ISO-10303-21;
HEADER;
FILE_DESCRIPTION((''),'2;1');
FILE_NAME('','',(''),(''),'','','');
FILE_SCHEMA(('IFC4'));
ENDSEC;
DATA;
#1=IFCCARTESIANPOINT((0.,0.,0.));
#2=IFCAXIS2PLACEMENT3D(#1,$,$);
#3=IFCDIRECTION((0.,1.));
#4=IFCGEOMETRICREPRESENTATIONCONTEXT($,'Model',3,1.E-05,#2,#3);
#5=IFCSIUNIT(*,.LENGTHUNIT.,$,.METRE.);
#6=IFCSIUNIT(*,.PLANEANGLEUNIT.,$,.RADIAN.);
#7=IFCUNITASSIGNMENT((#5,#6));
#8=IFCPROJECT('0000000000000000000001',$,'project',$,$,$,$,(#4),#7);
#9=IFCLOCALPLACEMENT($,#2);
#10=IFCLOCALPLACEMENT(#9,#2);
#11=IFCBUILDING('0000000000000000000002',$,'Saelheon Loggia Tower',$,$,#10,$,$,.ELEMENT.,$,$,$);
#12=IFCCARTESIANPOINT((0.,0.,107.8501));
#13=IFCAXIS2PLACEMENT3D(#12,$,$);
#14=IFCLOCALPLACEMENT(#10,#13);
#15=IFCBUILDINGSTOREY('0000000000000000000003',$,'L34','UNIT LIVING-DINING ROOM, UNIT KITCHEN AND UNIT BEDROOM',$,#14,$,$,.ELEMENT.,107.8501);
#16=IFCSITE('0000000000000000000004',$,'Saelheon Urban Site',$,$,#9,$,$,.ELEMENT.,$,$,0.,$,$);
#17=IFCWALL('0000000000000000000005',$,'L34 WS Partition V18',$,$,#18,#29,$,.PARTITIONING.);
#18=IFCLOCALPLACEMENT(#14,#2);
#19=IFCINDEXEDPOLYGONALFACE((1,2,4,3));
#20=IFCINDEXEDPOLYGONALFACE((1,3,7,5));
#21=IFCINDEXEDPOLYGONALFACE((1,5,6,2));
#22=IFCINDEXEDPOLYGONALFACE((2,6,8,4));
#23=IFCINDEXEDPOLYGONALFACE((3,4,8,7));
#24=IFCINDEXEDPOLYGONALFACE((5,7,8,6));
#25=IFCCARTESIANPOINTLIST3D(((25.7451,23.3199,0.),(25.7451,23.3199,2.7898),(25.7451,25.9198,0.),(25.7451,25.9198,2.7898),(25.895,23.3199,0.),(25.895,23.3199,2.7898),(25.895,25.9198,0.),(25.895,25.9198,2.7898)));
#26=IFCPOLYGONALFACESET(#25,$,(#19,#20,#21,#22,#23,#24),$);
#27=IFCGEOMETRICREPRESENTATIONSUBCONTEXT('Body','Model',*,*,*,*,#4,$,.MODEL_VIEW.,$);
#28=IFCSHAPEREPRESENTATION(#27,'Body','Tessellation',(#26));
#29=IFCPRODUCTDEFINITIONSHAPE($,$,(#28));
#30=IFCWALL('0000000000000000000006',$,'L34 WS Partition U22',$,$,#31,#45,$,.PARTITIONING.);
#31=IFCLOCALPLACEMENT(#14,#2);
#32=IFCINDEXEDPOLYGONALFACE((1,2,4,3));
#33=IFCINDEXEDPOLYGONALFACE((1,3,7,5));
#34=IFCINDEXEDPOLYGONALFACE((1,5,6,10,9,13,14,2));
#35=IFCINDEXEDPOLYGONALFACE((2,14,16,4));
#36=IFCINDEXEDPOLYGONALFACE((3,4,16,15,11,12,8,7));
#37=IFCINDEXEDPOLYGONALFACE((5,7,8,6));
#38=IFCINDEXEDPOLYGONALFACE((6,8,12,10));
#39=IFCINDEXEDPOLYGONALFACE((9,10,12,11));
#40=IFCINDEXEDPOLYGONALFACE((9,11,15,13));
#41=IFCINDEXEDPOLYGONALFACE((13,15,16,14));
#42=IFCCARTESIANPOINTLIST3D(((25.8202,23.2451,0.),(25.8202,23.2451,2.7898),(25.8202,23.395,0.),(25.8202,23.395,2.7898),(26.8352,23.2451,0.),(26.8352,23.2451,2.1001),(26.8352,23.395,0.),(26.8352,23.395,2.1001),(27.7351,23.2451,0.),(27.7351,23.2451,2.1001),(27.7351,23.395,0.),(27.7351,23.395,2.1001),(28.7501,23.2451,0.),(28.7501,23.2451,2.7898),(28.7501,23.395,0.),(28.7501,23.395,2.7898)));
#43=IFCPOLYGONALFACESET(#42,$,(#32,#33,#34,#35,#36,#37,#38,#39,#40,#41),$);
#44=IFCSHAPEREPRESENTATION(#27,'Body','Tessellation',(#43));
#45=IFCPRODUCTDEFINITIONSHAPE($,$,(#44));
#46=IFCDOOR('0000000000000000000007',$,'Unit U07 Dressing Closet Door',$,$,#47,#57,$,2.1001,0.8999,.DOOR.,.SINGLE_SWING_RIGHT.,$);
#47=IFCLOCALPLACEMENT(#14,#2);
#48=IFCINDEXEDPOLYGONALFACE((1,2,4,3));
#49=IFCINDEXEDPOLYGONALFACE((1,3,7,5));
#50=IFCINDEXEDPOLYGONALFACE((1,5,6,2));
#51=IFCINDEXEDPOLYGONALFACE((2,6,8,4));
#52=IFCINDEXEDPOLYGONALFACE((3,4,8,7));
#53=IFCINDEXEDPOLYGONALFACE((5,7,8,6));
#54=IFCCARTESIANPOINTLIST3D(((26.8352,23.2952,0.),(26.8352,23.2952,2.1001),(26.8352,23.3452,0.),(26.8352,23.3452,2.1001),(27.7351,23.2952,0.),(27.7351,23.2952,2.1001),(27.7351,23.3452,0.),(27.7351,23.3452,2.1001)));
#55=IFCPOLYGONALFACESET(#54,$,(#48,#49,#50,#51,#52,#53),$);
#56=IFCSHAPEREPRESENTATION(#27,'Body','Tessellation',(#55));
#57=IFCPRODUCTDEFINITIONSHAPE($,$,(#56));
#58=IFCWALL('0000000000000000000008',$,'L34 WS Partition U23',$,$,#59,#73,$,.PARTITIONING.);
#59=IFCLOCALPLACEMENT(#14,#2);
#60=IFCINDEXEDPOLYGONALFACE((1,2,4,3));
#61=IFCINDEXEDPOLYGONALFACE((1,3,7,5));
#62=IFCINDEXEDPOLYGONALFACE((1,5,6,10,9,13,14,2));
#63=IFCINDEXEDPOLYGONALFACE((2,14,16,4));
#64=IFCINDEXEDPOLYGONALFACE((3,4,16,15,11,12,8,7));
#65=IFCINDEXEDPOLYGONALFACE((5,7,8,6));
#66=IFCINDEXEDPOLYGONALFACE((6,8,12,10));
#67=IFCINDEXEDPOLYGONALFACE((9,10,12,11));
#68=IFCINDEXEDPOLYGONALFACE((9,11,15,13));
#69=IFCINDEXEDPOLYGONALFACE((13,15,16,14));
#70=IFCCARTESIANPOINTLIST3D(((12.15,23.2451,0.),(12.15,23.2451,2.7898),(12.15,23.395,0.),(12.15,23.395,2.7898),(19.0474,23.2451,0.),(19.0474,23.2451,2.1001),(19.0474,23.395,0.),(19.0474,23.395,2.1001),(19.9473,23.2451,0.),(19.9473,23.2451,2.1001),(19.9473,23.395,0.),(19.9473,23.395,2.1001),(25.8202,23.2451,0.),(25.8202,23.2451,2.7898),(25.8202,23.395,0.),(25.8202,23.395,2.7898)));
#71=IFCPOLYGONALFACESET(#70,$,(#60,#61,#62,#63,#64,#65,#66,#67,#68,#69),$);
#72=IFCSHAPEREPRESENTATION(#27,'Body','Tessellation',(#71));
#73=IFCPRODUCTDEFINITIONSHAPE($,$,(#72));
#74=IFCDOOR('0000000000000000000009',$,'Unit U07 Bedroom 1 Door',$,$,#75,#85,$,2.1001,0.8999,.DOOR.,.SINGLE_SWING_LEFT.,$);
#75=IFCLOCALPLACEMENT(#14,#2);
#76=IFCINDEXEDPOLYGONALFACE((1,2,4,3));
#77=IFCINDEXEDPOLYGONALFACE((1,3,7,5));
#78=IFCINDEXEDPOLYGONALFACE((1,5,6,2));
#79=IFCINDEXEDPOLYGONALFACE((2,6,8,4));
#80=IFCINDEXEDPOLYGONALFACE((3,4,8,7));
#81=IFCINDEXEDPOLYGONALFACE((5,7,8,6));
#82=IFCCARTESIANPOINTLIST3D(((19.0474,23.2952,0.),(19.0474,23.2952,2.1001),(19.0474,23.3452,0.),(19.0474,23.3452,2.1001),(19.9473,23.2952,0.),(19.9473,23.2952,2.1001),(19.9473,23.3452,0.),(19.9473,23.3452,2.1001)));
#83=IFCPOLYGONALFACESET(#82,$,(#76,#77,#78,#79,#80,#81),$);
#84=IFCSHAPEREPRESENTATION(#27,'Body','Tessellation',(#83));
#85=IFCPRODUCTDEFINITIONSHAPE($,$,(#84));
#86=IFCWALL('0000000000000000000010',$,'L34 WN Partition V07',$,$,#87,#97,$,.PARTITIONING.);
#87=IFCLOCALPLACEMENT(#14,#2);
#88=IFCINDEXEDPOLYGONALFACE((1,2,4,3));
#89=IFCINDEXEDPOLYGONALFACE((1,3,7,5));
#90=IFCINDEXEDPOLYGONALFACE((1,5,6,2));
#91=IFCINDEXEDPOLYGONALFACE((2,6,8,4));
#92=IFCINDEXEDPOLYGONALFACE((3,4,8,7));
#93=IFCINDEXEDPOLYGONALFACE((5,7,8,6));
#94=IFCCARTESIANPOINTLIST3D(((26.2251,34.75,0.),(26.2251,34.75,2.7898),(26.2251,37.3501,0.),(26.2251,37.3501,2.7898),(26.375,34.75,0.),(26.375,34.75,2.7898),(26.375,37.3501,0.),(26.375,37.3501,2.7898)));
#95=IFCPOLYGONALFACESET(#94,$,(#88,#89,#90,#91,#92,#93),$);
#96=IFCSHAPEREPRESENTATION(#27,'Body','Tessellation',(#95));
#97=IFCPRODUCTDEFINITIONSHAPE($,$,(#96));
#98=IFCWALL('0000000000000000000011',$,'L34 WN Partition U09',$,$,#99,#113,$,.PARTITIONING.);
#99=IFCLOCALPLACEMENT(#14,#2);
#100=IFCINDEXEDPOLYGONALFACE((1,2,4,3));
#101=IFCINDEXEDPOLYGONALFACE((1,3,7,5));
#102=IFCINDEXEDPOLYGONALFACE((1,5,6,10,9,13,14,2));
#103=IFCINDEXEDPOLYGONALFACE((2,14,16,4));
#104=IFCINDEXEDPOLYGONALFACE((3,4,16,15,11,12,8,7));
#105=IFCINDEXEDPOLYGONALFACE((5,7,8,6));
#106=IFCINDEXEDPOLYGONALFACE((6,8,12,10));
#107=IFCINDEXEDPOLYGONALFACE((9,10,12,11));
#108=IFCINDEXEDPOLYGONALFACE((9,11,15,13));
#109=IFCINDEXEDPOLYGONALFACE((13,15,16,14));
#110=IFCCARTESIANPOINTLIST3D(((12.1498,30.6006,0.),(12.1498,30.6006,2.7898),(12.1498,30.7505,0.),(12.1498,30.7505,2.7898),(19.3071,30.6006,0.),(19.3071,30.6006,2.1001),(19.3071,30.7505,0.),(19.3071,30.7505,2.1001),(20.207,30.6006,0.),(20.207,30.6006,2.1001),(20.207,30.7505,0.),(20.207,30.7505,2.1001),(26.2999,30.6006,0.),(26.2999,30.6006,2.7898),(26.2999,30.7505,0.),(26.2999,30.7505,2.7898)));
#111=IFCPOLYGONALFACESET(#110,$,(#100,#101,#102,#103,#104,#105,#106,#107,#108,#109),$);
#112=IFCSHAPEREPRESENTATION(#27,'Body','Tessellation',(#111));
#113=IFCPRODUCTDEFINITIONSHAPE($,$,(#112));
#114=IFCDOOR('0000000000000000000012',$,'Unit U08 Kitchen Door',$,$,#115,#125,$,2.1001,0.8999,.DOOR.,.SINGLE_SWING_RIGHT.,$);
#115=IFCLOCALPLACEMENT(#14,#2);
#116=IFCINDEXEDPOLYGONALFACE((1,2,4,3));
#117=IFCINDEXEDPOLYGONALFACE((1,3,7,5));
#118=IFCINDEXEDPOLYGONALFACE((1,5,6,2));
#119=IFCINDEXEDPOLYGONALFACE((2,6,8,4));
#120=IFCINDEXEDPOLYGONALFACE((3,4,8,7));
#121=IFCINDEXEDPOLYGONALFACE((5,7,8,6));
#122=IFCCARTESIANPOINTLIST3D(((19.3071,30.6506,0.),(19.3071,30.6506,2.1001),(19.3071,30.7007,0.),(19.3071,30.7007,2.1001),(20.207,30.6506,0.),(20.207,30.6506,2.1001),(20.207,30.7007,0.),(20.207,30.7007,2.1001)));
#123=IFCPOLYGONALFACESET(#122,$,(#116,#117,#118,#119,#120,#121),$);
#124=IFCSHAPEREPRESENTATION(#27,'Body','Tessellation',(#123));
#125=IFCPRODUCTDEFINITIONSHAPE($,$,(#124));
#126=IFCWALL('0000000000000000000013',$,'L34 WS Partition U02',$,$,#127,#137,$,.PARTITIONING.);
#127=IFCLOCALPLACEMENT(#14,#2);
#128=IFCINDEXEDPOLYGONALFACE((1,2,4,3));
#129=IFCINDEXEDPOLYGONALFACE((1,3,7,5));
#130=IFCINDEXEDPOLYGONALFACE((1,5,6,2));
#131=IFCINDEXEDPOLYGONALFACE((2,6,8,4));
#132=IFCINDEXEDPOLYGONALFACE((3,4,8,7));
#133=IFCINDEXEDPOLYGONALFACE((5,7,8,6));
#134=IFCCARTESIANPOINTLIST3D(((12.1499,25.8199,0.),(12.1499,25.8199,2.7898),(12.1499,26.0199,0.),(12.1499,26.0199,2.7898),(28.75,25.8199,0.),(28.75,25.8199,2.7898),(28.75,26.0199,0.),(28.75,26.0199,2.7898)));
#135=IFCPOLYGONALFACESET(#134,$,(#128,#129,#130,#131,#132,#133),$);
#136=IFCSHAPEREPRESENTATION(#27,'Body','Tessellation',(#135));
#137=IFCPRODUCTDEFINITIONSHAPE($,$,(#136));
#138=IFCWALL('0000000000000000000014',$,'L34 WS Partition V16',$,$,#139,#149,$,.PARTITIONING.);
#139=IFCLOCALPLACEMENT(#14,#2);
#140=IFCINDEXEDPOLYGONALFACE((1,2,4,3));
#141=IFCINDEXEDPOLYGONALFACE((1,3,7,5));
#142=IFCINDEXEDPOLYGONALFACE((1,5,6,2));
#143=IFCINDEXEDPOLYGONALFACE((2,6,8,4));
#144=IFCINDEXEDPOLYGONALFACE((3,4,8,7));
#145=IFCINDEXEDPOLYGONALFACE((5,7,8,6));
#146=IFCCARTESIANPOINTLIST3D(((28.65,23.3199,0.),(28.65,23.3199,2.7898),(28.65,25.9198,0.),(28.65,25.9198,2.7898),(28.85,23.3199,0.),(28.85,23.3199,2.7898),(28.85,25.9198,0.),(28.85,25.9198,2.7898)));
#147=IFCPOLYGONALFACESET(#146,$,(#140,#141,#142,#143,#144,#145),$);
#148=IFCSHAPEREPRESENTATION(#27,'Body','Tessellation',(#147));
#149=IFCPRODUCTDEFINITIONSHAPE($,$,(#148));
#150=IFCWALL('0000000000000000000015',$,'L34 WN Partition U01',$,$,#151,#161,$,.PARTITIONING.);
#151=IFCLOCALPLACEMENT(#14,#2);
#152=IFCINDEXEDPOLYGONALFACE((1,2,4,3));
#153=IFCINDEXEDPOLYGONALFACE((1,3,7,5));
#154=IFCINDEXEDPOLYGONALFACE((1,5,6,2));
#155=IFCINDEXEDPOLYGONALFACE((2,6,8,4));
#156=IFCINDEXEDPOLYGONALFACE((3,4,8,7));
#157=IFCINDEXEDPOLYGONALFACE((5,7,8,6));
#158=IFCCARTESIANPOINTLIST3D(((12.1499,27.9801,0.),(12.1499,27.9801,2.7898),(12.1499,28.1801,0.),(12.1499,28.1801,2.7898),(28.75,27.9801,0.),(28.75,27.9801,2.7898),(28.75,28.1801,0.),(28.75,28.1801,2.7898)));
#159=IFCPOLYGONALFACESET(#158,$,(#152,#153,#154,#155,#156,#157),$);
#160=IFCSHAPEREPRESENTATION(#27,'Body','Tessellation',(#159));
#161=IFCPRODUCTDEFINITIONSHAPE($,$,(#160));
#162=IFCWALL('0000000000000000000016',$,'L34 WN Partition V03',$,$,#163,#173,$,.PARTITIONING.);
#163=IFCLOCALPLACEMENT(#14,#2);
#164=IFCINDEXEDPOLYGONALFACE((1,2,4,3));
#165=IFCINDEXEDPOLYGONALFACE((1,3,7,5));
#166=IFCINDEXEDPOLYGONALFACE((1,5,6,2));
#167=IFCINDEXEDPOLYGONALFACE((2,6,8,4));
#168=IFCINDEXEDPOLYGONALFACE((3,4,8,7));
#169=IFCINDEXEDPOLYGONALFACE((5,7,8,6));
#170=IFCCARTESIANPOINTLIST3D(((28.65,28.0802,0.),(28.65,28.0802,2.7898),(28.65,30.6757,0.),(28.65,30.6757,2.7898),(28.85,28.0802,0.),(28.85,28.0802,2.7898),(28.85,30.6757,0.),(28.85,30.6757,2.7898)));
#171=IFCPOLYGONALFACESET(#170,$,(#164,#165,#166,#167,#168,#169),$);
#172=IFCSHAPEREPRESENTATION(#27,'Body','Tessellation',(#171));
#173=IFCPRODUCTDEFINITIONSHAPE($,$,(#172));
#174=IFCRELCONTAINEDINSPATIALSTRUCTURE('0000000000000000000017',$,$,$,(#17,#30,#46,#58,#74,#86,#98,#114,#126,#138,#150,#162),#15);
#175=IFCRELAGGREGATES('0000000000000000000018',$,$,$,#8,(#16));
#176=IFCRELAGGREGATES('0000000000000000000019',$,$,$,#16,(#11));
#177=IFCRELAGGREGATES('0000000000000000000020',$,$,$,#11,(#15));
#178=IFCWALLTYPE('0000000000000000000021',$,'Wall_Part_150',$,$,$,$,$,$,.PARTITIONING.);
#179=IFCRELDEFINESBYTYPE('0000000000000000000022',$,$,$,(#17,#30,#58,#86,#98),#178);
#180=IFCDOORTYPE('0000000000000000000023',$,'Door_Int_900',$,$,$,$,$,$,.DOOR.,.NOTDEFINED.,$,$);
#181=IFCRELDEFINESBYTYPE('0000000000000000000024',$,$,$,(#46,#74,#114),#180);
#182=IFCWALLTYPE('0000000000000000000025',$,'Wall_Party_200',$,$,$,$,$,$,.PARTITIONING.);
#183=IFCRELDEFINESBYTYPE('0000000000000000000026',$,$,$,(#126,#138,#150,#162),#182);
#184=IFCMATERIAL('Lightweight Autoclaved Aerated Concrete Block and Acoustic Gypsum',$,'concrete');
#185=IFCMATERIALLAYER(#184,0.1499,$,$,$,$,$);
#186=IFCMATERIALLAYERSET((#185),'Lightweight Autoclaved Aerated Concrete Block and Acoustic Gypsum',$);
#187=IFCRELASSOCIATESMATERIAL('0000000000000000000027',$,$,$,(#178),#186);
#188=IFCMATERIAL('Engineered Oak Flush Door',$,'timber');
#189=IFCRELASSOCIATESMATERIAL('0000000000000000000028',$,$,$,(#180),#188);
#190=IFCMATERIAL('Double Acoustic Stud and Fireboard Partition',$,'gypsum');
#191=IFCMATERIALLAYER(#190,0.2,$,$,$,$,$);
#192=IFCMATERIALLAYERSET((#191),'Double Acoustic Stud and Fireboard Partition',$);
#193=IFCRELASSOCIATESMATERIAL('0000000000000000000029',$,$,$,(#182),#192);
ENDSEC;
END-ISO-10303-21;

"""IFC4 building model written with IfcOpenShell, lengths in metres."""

from ifc_helpers import new_model, si_unit, direction, frame, frame_2d, origin, place, context, subcontext, project, spatial, rectangle, extrude, source, transform, mapped, material, layer, layer_set, type_object, element, fill, save


model = new_model("IFC4")

# Units and contexts
model_context = context("Model", 3, precision=1e-05, world=origin(), true_north=direction((0.0, 1.0)))
body_context = subcontext(model_context, "Body", "Model", "MODEL_VIEW")
ifc_project = project(units=[si_unit("LENGTHUNIT", "METRE"), si_unit("PLANEANGLEUNIT", "RADIAN")], contexts=[model_context])

# Site, building, storey
site_placement = place(None, origin())
site = spatial("IfcSite", under=ifc_project, at=site_placement, Name="Saelheon Urban Site", CompositionType="ELEMENT", RefElevation=0.0)
building_placement = place(site_placement, origin())
building = spatial("IfcBuilding", under=site, at=building_placement, Name="Saelheon Loggia Tower", CompositionType="ELEMENT")
storey_placement = place(building_placement, frame((0.0, 0.0, 107.8501)))
storey = spatial("IfcBuildingStorey", under=building, at=storey_placement, Name="L34", Description="UNIT LIVING-DINING ROOM, UNIT KITCHEN AND UNIT BEDROOM", CompositionType="ELEMENT", Elevation=107.8501)

# Wall
ifc_material_1 = material(Name="Lightweight Autoclaved Aerated Concrete Block and Acoustic Gypsum", Category="concrete")
ifc_layer_1 = layer(ifc_material_1, 0.1499)
ifc_layer_set_1 = layer_set([ifc_layer_1], Name="Lightweight Autoclaved Aerated Concrete Block and Acoustic Gypsum")
wall_type_1 = type_object("IfcWallType", Name="Wall_Part_150", PredefinedType="PARTITIONING", material=ifc_layer_set_1)
wall_1_placement = place(storey_placement, frame((25.8201, 23.3201, 0.0), z_axis=(0.0, 0.0, 1.0), x_axis=(0.0, 1.0, 0.0)))
element("IfcWall", 1, at=wall_1_placement, inside=storey, type_object=wall_type_1, Name="L34 WS Partition V18", PredefinedType="PARTITIONING", context=body_context, shape_type="SweptSolid", body=[
    extrude(rectangle(XDim=2.5999, YDim=0.1499, at=frame_2d((1.2998, 0.0))), origin(), (0.0, 0.0, 1.0), 2.7898),
])

# Walls, openings, doors
wall_2_placement = place(storey_placement, frame((28.75, 23.3201, 0.0), z_axis=(0.0, 0.0, 1.0), x_axis=(-1.0, 0.0, 0.0)))
wall_2 = element("IfcWall", 2, at=wall_2_placement, inside=storey, type_object=wall_type_1, Name="L34 WS Partition U22", PredefinedType="PARTITIONING", context=body_context, shape_type="SweptSolid", body=[
    extrude(rectangle(XDim=2.9299, YDim=0.1499, at=frame_2d((1.4648, 0.0))), origin(), (0.0, 0.0, 1.0), 2.7898),
])
opening_1_placement = place(wall_2_placement, frame((1.0149, 0.0, 0.0)))
opening_1 = element("IfcOpeningElement", 3, at=opening_1_placement, cuts=wall_2, PredefinedType="OPENING", context=body_context, shape_type="SweptSolid", body=[
    extrude(rectangle(XDim=0.8999, YDim=2.1001, at=frame_2d((0.45, 1.05))), frame((0.0, 0.0869, 0.0), z_axis=(0.0, -1.0, 0.0), x_axis=(1.0, 0.0, 0.0)), (0.0, 0.0, 1.0), 0.1738),
])
ifc_material_2 = material(Name="Engineered Oak Flush Door", Category="timber")
door_type_1 = type_object("IfcDoorType", Name="Door_Int_900", OperationType="NOTDEFINED", PredefinedType="DOOR", material=ifc_material_2)
shared_shape_1 = source(origin(), body_context, "Body", "SweptSolid", [
    extrude(rectangle(XDim=0.8999, YDim=2.1001, at=frame_2d((0.45, 1.05))), frame((0.0, 0.0249, 0.0), z_axis=(0.0, -1.0, 0.0), x_axis=(1.0, 0.0, 0.0)), (0.0, 0.0, 1.0), 0.05),
])
door_1_placement = place(opening_1_placement, origin())
door_1 = element("IfcDoor", 4, at=door_1_placement, inside=storey, type_object=door_type_1, Name="Unit U07 Dressing Closet Door", OperationType="SINGLE_SWING_RIGHT", OverallHeight=2.1001, OverallWidth=0.8999, PredefinedType="DOOR", context=body_context, shape_type="MappedRepresentation", body=[
    mapped(shared_shape_1, transform((0.0, 0.0, 0.0), scale=1.0)),
])
fill(opening_1, door_1)
wall_3_placement = place(storey_placement, frame((25.8201, 23.3201, 0.0), z_axis=(0.0, 0.0, 1.0), x_axis=(-1.0, 0.0, 0.0)))
wall_3 = element("IfcWall", 5, at=wall_3_placement, inside=storey, type_object=wall_type_1, Name="L34 WS Partition U23", PredefinedType="PARTITIONING", context=body_context, shape_type="SweptSolid", body=[
    extrude(rectangle(XDim=13.6702, YDim=0.1499, at=frame_2d((6.835, 0.0))), origin(), (0.0, 0.0, 1.0), 2.7898),
])
opening_2_placement = place(wall_3_placement, frame((5.8728, 0.0, 0.0)))
opening_2 = element("IfcOpeningElement", 6, at=opening_2_placement, cuts=wall_3, PredefinedType="OPENING", context=body_context, shape_type="SweptSolid", body=[
    extrude(rectangle(XDim=0.8999, YDim=2.1001, at=frame_2d((0.45, 1.05))), frame((0.0, 0.0869, 0.0), z_axis=(0.0, -1.0, 0.0), x_axis=(1.0, 0.0, 0.0)), (0.0, 0.0, 1.0), 0.1738),
])
door_2_placement = place(opening_2_placement, origin())
door_2 = element("IfcDoor", 7, at=door_2_placement, inside=storey, type_object=door_type_1, Name="Unit U07 Bedroom 1 Door", OperationType="SINGLE_SWING_LEFT", OverallHeight=2.1001, OverallWidth=0.8999, PredefinedType="DOOR", context=body_context, shape_type="MappedRepresentation", body=[
    mapped(shared_shape_1, transform((0.0, 0.0, 0.0), scale=1.0)),
])
fill(opening_2, door_2)

# Wall
wall_4_placement = place(storey_placement, frame((26.3, 34.75, 0.0), z_axis=(0.0, 0.0, 1.0), x_axis=(0.0, 1.0, 0.0)))
element("IfcWall", 8, at=wall_4_placement, inside=storey, type_object=wall_type_1, Name="L34 WN Partition V07", PredefinedType="PARTITIONING", context=body_context, shape_type="SweptSolid", body=[
    extrude(rectangle(XDim=2.6001, YDim=0.1499, at=frame_2d((1.3, 0.0))), origin(), (0.0, 0.0, 1.0), 2.7898),
])

# Wall, opening, door
wall_5_placement = place(storey_placement, frame((26.3, 30.6755, 0.0), z_axis=(0.0, 0.0, 1.0), x_axis=(-1.0, 0.0, 0.0)))
wall_5 = element("IfcWall", 9, at=wall_5_placement, inside=storey, type_object=wall_type_1, Name="L34 WN Partition U09", PredefinedType="PARTITIONING", context=body_context, shape_type="SweptSolid", body=[
    extrude(rectangle(XDim=14.1501, YDim=0.1499, at=frame_2d((7.0752, 0.0))), origin(), (0.0, 0.0, 1.0), 2.7898),
])
opening_3_placement = place(wall_5_placement, frame((6.093, 0.0, 0.0)))
opening_3 = element("IfcOpeningElement", 10, at=opening_3_placement, cuts=wall_5, PredefinedType="OPENING", context=body_context, shape_type="SweptSolid", body=[
    extrude(rectangle(XDim=0.8999, YDim=2.1001, at=frame_2d((0.45, 1.05))), frame((0.0, 0.0869, 0.0), z_axis=(0.0, -1.0, 0.0), x_axis=(1.0, 0.0, 0.0)), (0.0, 0.0, 1.0), 0.1738),
])
door_3_placement = place(opening_3_placement, origin())
door_3 = element("IfcDoor", 11, at=door_3_placement, inside=storey, type_object=door_type_1, Name="Unit U08 Kitchen Door", OperationType="SINGLE_SWING_RIGHT", OverallHeight=2.1001, OverallWidth=0.8999, PredefinedType="DOOR", context=body_context, shape_type="MappedRepresentation", body=[
    mapped(shared_shape_1, transform((0.0, 0.0, 0.0), scale=1.0)),
])
fill(opening_3, door_3)

# Walls
ifc_material_3 = material(Name="Double Acoustic Stud and Fireboard Partition", Category="gypsum")
ifc_layer_2 = layer(ifc_material_3, 0.2)
ifc_layer_set_2 = layer_set([ifc_layer_2], Name="Double Acoustic Stud and Fireboard Partition")
wall_type_2 = type_object("IfcWallType", Name="Wall_Party_200", PredefinedType="PARTITIONING", material=ifc_layer_set_2)
wall_6_placement = place(storey_placement, frame((28.75, 25.9199, 0.0), z_axis=(0.0, 0.0, 1.0), x_axis=(-1.0, 0.0, 0.0)))
element("IfcWall", 12, at=wall_6_placement, inside=storey, type_object=wall_type_2, Name="L34 WS Partition U02", PredefinedType="PARTITIONING", context=body_context, shape_type="SweptSolid", body=[
    extrude(rectangle(XDim=16.6001, YDim=0.2, at=frame_2d((8.3, 0.0))), origin(), (0.0, 0.0, 1.0), 2.7898),
])
wall_7_placement = place(storey_placement, frame((28.75, 23.3201, 0.0), z_axis=(0.0, 0.0, 1.0), x_axis=(0.0, 1.0, 0.0)))
element("IfcWall", 13, at=wall_7_placement, inside=storey, type_object=wall_type_2, Name="L34 WS Partition V16", PredefinedType="PARTITIONING", context=body_context, shape_type="SweptSolid", body=[
    extrude(rectangle(XDim=2.5999, YDim=0.2, at=frame_2d((1.2998, 0.0))), origin(), (0.0, 0.0, 1.0), 2.7898),
])
wall_8_placement = place(storey_placement, frame((28.75, 28.0801, 0.0), z_axis=(0.0, 0.0, 1.0), x_axis=(-1.0, 0.0, 0.0)))
element("IfcWall", 14, at=wall_8_placement, inside=storey, type_object=wall_type_2, Name="L34 WN Partition U01", PredefinedType="PARTITIONING", context=body_context, shape_type="SweptSolid", body=[
    extrude(rectangle(XDim=16.6001, YDim=0.2, at=frame_2d((8.3, 0.0))), origin(), (0.0, 0.0, 1.0), 2.7898),
])
wall_9_placement = place(storey_placement, frame((28.75, 28.0801, 0.0), z_axis=(0.0, 0.0, 1.0), x_axis=(0.0, 1.0, 0.0)))
element("IfcWall", 15, at=wall_9_placement, inside=storey, type_object=wall_type_2, Name="L34 WN Partition V03", PredefinedType="PARTITIONING", context=body_context, shape_type="SweptSolid", body=[
    extrude(rectangle(XDim=2.5955, YDim=0.2, at=frame_2d((1.2979, 0.0))), origin(), (0.0, 0.0, 1.0), 2.7898),
])

save(model, "model.ifc")
